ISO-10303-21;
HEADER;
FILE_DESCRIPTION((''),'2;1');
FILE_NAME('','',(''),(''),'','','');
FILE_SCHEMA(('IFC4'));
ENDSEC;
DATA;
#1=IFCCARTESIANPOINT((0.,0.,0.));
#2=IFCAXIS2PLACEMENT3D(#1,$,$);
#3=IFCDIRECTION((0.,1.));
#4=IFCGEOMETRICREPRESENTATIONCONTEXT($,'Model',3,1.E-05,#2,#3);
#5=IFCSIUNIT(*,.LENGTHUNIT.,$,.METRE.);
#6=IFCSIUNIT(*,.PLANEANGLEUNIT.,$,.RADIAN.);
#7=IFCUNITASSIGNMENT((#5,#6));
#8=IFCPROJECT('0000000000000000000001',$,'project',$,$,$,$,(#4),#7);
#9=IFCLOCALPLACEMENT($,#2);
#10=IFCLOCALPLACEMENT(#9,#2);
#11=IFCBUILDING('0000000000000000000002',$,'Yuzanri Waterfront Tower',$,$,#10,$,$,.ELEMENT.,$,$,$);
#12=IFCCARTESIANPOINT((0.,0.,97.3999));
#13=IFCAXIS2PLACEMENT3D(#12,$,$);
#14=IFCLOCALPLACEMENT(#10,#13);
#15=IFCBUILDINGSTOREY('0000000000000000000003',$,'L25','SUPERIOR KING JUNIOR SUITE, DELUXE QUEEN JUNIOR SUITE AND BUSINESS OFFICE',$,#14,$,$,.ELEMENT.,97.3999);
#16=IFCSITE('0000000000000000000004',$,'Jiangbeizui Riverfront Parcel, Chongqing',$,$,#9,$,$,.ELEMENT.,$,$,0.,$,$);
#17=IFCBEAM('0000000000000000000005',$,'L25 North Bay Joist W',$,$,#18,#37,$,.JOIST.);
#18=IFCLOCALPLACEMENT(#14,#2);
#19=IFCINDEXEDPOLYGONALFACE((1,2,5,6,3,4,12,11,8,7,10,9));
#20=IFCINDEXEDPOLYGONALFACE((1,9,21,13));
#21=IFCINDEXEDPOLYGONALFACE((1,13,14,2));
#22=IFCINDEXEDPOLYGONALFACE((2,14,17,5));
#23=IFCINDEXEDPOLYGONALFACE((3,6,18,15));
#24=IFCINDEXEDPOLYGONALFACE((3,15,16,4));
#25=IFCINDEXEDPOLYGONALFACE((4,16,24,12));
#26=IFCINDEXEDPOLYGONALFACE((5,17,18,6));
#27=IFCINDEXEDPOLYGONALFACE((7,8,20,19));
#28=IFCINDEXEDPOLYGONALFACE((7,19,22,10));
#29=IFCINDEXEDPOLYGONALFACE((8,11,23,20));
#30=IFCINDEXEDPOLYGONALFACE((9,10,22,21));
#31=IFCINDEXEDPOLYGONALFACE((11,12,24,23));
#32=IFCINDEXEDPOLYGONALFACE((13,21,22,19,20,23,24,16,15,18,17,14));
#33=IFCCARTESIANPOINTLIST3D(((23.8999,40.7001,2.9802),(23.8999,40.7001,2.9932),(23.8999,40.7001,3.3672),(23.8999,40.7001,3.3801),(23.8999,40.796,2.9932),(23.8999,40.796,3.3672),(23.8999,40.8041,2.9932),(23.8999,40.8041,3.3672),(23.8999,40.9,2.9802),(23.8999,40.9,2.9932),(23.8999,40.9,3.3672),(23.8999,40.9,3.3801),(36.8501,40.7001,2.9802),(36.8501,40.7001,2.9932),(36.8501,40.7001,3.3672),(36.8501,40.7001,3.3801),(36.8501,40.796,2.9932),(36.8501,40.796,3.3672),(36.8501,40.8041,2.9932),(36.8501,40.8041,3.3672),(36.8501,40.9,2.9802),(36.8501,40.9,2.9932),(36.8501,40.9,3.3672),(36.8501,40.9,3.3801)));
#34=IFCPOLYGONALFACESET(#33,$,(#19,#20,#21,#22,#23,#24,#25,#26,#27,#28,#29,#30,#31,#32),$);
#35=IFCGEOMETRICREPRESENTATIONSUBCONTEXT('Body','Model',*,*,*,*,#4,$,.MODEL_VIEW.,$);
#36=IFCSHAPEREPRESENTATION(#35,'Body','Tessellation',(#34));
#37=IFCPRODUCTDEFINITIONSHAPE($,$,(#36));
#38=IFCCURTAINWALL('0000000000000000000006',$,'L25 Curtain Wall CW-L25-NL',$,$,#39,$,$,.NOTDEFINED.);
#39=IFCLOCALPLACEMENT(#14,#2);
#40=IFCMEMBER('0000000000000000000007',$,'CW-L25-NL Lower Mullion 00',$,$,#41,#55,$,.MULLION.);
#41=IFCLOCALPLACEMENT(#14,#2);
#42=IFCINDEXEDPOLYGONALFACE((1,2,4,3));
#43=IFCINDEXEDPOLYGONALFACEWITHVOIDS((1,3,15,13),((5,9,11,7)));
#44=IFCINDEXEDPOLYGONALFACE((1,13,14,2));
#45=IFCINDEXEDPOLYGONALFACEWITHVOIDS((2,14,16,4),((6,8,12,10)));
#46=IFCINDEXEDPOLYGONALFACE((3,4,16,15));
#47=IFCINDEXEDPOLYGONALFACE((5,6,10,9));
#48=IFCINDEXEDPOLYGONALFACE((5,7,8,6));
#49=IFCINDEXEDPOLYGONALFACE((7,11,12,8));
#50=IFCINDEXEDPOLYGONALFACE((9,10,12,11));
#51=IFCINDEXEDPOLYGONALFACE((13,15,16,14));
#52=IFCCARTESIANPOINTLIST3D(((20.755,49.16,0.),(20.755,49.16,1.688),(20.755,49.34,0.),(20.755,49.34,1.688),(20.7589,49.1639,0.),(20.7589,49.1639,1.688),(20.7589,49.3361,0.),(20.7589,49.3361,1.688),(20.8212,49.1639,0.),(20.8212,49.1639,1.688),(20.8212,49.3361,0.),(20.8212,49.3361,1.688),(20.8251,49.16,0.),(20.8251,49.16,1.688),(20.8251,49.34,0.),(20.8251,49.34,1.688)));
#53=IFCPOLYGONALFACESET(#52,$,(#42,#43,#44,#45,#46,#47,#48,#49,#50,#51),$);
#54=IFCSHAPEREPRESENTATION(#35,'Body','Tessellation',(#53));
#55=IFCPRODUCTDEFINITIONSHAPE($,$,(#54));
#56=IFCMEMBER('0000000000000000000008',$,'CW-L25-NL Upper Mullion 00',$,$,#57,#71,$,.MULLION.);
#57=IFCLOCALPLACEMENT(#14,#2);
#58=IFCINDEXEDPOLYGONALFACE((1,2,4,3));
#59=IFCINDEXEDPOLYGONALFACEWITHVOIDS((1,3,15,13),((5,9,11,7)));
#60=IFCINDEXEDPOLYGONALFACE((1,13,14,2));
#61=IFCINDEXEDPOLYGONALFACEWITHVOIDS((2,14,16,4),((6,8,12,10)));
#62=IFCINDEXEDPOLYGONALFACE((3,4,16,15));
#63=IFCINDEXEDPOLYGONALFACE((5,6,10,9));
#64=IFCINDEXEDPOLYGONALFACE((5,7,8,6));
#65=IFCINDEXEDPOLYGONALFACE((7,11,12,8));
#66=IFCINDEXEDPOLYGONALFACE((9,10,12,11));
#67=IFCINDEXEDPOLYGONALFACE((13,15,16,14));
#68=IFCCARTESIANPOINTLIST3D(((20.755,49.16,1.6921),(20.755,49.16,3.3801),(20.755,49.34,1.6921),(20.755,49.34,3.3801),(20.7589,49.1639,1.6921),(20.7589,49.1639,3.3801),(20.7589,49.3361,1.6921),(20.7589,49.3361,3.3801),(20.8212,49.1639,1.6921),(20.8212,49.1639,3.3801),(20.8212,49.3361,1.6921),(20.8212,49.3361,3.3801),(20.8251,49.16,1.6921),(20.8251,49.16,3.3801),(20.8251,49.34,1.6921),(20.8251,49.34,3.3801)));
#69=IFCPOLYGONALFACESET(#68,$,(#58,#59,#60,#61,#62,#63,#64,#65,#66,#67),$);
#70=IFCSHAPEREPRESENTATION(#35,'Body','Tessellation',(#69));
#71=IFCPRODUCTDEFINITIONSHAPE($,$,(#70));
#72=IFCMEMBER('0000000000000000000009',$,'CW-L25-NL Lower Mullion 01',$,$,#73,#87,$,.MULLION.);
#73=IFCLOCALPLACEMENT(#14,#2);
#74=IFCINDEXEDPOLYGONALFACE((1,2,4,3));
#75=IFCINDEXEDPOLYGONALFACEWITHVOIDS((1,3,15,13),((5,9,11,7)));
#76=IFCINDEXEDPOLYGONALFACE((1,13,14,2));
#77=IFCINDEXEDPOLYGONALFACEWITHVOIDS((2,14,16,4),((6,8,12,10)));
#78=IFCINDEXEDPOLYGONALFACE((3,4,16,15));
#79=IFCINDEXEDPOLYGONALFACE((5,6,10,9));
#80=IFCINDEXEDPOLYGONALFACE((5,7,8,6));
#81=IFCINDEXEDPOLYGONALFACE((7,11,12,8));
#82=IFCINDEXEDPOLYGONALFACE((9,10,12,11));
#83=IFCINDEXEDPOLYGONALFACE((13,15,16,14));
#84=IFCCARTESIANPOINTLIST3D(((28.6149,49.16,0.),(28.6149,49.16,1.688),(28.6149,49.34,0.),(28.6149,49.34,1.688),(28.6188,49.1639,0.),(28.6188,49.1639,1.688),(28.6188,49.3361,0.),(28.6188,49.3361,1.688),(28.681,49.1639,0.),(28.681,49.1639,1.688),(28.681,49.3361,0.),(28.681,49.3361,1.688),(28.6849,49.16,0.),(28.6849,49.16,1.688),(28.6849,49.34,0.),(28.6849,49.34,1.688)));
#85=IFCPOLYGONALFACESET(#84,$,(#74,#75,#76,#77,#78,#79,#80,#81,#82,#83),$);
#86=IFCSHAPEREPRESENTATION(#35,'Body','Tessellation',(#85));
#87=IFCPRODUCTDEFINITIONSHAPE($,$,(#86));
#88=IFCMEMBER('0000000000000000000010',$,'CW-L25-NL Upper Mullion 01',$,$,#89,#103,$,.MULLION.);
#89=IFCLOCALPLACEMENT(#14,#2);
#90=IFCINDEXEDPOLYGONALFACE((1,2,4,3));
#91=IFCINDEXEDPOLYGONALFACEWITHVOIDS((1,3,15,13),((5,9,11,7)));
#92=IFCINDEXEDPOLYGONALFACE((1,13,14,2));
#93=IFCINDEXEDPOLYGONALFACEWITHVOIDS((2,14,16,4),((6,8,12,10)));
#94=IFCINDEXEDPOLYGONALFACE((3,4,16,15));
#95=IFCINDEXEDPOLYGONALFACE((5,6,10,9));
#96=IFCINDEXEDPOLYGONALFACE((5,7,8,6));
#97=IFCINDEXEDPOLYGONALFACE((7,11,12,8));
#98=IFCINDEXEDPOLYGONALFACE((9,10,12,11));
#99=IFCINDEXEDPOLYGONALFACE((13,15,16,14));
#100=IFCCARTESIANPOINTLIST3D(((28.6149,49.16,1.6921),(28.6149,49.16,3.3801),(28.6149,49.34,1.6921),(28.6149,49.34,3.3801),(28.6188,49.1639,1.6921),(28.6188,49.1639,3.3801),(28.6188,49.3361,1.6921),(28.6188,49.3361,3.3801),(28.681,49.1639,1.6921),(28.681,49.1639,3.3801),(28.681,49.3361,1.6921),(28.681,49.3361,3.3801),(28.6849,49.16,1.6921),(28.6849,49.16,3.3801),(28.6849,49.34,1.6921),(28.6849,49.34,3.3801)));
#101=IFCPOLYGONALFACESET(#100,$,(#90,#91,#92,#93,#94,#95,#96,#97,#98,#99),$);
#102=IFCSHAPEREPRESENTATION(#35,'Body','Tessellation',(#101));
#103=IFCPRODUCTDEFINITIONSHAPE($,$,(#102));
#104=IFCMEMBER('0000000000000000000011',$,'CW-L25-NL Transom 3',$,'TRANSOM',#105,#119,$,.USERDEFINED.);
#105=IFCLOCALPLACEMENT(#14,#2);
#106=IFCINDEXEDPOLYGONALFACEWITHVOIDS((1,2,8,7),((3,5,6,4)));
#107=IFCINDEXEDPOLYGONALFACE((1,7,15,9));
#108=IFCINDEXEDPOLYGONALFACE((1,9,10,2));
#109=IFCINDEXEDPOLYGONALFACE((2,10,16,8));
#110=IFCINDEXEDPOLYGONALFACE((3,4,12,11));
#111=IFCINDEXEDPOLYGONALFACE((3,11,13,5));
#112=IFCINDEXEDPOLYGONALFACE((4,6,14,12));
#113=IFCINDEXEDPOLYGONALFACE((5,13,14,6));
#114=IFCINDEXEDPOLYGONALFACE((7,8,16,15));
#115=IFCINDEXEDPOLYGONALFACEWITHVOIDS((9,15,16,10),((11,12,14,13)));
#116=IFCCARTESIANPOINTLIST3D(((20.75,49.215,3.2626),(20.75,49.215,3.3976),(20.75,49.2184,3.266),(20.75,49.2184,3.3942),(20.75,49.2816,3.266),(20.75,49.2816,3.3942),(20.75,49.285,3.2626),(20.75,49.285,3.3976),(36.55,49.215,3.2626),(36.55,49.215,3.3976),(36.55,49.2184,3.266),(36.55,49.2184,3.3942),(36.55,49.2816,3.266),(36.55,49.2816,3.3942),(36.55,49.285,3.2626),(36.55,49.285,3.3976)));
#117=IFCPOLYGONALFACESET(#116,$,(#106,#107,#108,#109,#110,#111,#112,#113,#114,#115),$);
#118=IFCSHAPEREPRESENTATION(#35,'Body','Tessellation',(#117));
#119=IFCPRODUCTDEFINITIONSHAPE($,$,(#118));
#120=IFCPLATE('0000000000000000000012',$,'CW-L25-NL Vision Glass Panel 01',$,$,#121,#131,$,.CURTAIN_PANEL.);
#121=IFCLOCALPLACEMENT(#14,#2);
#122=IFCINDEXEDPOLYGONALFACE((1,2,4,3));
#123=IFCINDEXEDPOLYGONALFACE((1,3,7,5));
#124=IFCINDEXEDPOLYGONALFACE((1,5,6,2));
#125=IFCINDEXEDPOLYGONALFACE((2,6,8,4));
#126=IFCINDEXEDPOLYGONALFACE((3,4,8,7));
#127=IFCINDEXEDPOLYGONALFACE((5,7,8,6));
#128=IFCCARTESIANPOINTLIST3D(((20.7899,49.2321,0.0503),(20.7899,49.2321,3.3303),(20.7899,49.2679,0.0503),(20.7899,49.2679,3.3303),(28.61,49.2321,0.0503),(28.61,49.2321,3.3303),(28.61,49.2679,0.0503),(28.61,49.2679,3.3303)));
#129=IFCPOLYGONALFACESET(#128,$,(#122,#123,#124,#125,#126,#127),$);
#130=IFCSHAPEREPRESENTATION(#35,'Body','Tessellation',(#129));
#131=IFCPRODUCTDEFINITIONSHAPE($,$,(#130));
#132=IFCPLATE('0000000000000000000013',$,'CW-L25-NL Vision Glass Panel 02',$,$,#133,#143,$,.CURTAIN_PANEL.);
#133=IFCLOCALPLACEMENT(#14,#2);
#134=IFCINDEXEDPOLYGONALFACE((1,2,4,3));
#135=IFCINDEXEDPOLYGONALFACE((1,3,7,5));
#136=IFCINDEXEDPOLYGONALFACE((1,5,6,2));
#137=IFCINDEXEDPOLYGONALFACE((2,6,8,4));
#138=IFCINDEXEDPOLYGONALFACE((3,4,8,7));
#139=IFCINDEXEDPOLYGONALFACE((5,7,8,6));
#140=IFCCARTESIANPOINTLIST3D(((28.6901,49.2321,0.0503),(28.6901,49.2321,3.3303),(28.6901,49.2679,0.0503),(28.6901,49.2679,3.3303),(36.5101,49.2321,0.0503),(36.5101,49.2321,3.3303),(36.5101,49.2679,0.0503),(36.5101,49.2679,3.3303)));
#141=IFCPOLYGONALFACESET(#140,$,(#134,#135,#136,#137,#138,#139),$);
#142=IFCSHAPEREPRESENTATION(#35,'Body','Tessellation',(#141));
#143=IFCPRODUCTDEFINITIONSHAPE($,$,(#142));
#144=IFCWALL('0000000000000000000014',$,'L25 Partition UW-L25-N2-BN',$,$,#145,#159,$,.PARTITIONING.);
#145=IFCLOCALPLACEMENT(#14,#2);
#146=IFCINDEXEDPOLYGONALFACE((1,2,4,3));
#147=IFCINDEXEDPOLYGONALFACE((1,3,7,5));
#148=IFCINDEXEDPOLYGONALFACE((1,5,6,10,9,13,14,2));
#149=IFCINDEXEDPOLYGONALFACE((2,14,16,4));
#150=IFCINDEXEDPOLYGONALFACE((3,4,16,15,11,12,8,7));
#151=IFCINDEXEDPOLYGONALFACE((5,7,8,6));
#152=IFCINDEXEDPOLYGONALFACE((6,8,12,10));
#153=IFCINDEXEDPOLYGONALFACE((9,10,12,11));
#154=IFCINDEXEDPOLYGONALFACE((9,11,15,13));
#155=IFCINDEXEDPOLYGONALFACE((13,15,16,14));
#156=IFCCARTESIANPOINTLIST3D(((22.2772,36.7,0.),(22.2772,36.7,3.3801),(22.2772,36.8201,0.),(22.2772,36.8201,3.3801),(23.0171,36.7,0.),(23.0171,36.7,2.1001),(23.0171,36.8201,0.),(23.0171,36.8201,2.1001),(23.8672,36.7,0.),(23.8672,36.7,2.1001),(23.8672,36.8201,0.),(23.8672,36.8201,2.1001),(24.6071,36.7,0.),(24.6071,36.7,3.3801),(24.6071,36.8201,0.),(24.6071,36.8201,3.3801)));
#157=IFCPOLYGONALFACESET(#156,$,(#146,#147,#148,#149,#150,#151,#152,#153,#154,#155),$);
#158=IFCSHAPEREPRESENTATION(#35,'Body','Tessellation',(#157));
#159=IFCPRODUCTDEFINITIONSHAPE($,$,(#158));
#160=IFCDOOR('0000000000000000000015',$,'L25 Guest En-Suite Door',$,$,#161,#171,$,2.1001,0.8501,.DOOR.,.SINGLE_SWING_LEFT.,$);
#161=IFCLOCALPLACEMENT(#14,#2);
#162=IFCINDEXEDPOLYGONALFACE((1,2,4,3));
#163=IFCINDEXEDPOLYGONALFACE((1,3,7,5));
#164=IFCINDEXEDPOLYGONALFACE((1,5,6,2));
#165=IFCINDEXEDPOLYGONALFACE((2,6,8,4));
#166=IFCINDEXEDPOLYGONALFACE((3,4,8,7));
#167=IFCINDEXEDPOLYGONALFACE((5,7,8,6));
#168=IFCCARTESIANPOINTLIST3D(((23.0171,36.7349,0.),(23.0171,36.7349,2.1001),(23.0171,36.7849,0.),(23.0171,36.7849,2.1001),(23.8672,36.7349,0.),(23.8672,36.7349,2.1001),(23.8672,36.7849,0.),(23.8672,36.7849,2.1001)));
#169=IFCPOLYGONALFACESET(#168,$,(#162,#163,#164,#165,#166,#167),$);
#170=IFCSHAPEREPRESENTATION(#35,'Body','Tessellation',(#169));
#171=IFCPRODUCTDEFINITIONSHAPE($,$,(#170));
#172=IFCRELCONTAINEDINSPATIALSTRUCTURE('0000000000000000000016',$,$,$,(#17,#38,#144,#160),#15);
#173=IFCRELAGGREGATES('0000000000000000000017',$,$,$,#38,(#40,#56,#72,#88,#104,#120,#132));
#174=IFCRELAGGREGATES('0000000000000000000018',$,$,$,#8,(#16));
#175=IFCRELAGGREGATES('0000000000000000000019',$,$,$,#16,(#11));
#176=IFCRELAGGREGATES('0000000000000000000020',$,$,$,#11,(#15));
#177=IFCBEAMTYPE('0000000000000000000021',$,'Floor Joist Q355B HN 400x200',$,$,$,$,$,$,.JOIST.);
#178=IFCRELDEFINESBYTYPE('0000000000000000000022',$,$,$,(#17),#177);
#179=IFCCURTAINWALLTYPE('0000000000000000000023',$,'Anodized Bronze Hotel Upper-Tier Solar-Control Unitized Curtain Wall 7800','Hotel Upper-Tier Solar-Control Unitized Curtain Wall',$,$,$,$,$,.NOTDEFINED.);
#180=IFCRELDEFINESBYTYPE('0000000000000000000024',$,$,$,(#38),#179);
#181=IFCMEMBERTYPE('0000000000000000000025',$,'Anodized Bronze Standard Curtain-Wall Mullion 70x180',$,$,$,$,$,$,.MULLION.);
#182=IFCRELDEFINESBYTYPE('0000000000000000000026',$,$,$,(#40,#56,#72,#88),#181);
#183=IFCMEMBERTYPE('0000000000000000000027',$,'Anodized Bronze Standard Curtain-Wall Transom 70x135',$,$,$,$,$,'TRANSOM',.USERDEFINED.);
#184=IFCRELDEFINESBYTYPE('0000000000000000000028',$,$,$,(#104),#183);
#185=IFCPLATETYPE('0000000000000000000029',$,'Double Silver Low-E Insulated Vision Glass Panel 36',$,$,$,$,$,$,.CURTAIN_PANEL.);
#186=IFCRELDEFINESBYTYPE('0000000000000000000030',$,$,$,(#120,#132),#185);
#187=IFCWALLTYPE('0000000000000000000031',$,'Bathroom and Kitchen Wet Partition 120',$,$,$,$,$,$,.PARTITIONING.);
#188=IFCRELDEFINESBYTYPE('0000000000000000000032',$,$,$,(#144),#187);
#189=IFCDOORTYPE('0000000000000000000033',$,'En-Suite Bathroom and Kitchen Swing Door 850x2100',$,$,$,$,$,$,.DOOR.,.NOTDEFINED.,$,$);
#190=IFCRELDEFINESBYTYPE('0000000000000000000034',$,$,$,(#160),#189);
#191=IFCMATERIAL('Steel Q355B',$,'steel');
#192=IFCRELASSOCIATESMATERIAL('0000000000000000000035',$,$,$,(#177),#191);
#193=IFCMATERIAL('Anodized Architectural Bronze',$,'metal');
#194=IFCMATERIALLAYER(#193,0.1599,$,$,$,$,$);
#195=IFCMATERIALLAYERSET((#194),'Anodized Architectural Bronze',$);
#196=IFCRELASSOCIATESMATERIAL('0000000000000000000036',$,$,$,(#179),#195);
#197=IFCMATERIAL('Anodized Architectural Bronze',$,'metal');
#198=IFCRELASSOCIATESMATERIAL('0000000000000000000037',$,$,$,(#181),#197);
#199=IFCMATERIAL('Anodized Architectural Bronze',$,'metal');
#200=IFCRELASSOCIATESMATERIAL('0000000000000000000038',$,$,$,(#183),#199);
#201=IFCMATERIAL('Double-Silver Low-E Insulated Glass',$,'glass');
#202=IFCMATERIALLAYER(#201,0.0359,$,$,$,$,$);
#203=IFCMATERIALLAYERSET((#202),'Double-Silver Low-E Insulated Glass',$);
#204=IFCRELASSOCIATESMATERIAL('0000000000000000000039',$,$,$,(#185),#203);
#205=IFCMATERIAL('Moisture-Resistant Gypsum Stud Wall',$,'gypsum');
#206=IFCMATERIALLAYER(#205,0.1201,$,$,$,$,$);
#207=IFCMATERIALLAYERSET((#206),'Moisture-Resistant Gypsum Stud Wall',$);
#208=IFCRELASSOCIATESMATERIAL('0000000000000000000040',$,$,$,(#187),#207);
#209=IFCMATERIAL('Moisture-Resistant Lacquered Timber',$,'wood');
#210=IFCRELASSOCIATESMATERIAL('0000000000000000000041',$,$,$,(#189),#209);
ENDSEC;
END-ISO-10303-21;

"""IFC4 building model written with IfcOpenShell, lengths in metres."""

from ifc_helpers import new_model, si_unit, direction, frame, frame_2d, origin, origin_2d, place, context, subcontext, project, spatial, rectangle, hollow_rectangle, i_section, extrude, source, transform, mapped, material, layer, layer_set, material_profile, profile_set, type_object, element, fill, aggregate, save


model = new_model("IFC4")

# Units and contexts
model_context = context("Model", 3, precision=1e-05, world=origin(), true_north=direction((0.0, 1.0)))
body_context = subcontext(model_context, "Body", "Model", "MODEL_VIEW")
ifc_project = project(units=[si_unit("LENGTHUNIT", "METRE"), si_unit("PLANEANGLEUNIT", "RADIAN")], contexts=[model_context])

# Site, building, storey
site_placement = place(None, origin())
site = spatial("IfcSite", under=ifc_project, at=site_placement, Name="Jiangbeizui Riverfront Parcel, Chongqing", CompositionType="ELEMENT", RefElevation=0.0)
building_placement = place(site_placement, origin())
building = spatial("IfcBuilding", under=site, at=building_placement, Name="Yuzanri Waterfront Tower", CompositionType="ELEMENT")
storey_placement = place(building_placement, frame((0.0, 0.0, 97.3999)))
storey = spatial("IfcBuildingStorey", under=building, at=storey_placement, Name="L25", Description="SUPERIOR KING JUNIOR SUITE, DELUXE QUEEN JUNIOR SUITE AND BUSINESS OFFICE", CompositionType="ELEMENT", Elevation=97.3999)

# Beam
ifc_material_1 = material(Name="Steel Q355B", Category="steel")
ifc_material_profile_1 = material_profile(ifc_material_1, i_section(OverallWidth=0.2, OverallDepth=0.3999, WebThickness=0.0081, FlangeThickness=0.0129, at=origin_2d()), Name="HN 400x200x8x13")
ifc_profile_set_1 = profile_set([ifc_material_profile_1], Name="Steel Q355B")
beam_type = type_object("IfcBeamType", Name="Floor Joist Q355B HN 400x200", PredefinedType="JOIST", material=ifc_profile_set_1)
shared_shape_1 = source(origin(), body_context, "Body", "SweptSolid", [
    extrude(i_section(OverallWidth=0.2, OverallDepth=0.3999, WebThickness=0.0081, FlangeThickness=0.0129, at=origin_2d()), origin(), (0.0, 0.0, 1.0), 12.9502),
])
beam_placement = place(storey_placement, frame((23.8999, 40.8, 3.1802), z_axis=(1.0, 0.0, 0.0), x_axis=(0.0, 1.0, 0.0)))
element("IfcBeam", 1, at=beam_placement, inside=storey, type_object=beam_type, Name="L25 North Bay Joist W", PredefinedType="JOIST", context=body_context, shape_type="MappedRepresentation", body=[
    mapped(shared_shape_1, transform((0.0, 0.0, 0.0), scale=1.0)),
])

# Curtain wall, members, plates
ifc_material_2 = material(Name="Anodized Architectural Bronze", Category="metal")
ifc_layer_1 = layer(ifc_material_2, 0.1599)
ifc_layer_set_1 = layer_set([ifc_layer_1], Name="Anodized Architectural Bronze")
curtain_wall_type = type_object("IfcCurtainWallType", Name="Anodized Bronze Hotel Upper-Tier Solar-Control Unitized Curtain Wall 7800", Description="Hotel Upper-Tier Solar-Control Unitized Curtain Wall", PredefinedType="NOTDEFINED", material=ifc_layer_set_1)
curtain_wall_placement = place(storey_placement, origin())
curtain_wall = element("IfcCurtainWall", 2, at=curtain_wall_placement, inside=storey, type_object=curtain_wall_type, Name="L25 Curtain Wall CW-L25-NL", PredefinedType="NOTDEFINED")
ifc_material_3 = material(Name="Anodized Architectural Bronze", Category="metal")
ifc_material_profile_2 = material_profile(ifc_material_3, hollow_rectangle(XDim=0.0701, YDim=0.1799, WallThickness=0.0039, at=origin_2d()), Name="CWM 70x180")
ifc_profile_set_2 = profile_set([ifc_material_profile_2], Name="Anodized Architectural Bronze")
member_type_1 = type_object("IfcMemberType", Name="Anodized Bronze Standard Curtain-Wall Mullion 70x180", PredefinedType="MULLION", material=ifc_profile_set_2)
shared_shape_2 = source(origin(), body_context, "Body", "SweptSolid", [
    extrude(hollow_rectangle(XDim=0.0701, YDim=0.1799, WallThickness=0.0039, at=origin_2d()), origin(), (0.0, 0.0, 1.0), 1.688),
])
member_1_placement = place(storey_placement, frame((20.79, 49.25, 0.0), z_axis=(0.0, 0.0, 1.0), x_axis=(1.0, 0.0, 0.0)))
member_1 = element("IfcMember", 3, at=member_1_placement, type_object=member_type_1, Name="CW-L25-NL Lower Mullion 00", PredefinedType="MULLION", context=body_context, shape_type="MappedRepresentation", body=[
    mapped(shared_shape_2, transform((0.0, 0.0, 0.0), scale=1.0)),
])
member_2_placement = place(storey_placement, frame((20.79, 49.25, 1.6921), z_axis=(0.0, 0.0, 1.0), x_axis=(1.0, 0.0, 0.0)))
member_2 = element("IfcMember", 4, at=member_2_placement, type_object=member_type_1, Name="CW-L25-NL Upper Mullion 00", PredefinedType="MULLION", context=body_context, shape_type="MappedRepresentation", body=[
    mapped(shared_shape_2, transform((0.0, 0.0, 0.0), scale=1.0)),
])
member_3_placement = place(storey_placement, frame((28.6499, 49.25, 0.0), z_axis=(0.0, 0.0, 1.0), x_axis=(1.0, 0.0, 0.0)))
member_3 = element("IfcMember", 5, at=member_3_placement, type_object=member_type_1, Name="CW-L25-NL Lower Mullion 01", PredefinedType="MULLION", context=body_context, shape_type="MappedRepresentation", body=[
    mapped(shared_shape_2, transform((0.0, 0.0, 0.0), scale=1.0)),
])
member_4_placement = place(storey_placement, frame((28.6499, 49.25, 1.6921), z_axis=(0.0, 0.0, 1.0), x_axis=(1.0, 0.0, 0.0)))
member_4 = element("IfcMember", 6, at=member_4_placement, type_object=member_type_1, Name="CW-L25-NL Upper Mullion 01", PredefinedType="MULLION", context=body_context, shape_type="MappedRepresentation", body=[
    mapped(shared_shape_2, transform((0.0, 0.0, 0.0), scale=1.0)),
])
ifc_material_4 = material(Name="Anodized Architectural Bronze", Category="metal")
ifc_material_profile_3 = material_profile(ifc_material_4, hollow_rectangle(XDim=0.0701, YDim=0.135, WallThickness=0.0034, at=origin_2d()), Name="CWT 70x135")
ifc_profile_set_3 = profile_set([ifc_material_profile_3], Name="Anodized Architectural Bronze")
member_type_2 = type_object("IfcMemberType", Name="Anodized Bronze Standard Curtain-Wall Transom 70x135", ElementType="TRANSOM", PredefinedType="USERDEFINED", material=ifc_profile_set_3)
shared_shape_3 = source(origin(), body_context, "Body", "SweptSolid", [
    extrude(hollow_rectangle(XDim=0.0701, YDim=0.135, WallThickness=0.0034, at=origin_2d()), origin(), (0.0, 0.0, 1.0), 15.8),
])
member_5_placement = place(storey_placement, frame((20.75, 49.25, 3.3301), z_axis=(1.0, 0.0, 0.0), x_axis=(0.0, 1.0, 0.0)))
member_5 = element("IfcMember", 7, at=member_5_placement, type_object=member_type_2, Name="CW-L25-NL Transom 3", ObjectType="TRANSOM", PredefinedType="USERDEFINED", context=body_context, shape_type="MappedRepresentation", body=[
    mapped(shared_shape_3, transform((0.0, 0.0, 0.0), scale=1.0)),
])
ifc_material_5 = material(Name="Double-Silver Low-E Insulated Glass", Category="glass")
ifc_layer_2 = layer(ifc_material_5, 0.0359)
ifc_layer_set_2 = layer_set([ifc_layer_2], Name="Double-Silver Low-E Insulated Glass")
plate_type = type_object("IfcPlateType", Name="Double Silver Low-E Insulated Vision Glass Panel 36", PredefinedType="CURTAIN_PANEL", material=ifc_layer_set_2)
shared_shape_4 = source(origin(), body_context, "Body", "SweptSolid", [
    extrude(rectangle(XDim=7.8201, YDim=0.0359, at=origin_2d()), origin(), (0.0, 0.0, 1.0), 3.28),
])
plate_1_placement = place(storey_placement, frame((24.7, 49.25, 0.0503), z_axis=(0.0, 0.0, 1.0), x_axis=(1.0, 0.0, 0.0)))
plate_1 = element("IfcPlate", 8, at=plate_1_placement, type_object=plate_type, Name="CW-L25-NL Vision Glass Panel 01", PredefinedType="CURTAIN_PANEL", context=body_context, shape_type="MappedRepresentation", body=[
    mapped(shared_shape_4, transform((0.0, 0.0, 0.0), scale=1.0)),
])
plate_2_placement = place(storey_placement, frame((32.6001, 49.25, 0.0503), z_axis=(0.0, 0.0, 1.0), x_axis=(1.0, 0.0, 0.0)))
plate_2 = element("IfcPlate", 9, at=plate_2_placement, type_object=plate_type, Name="CW-L25-NL Vision Glass Panel 02", PredefinedType="CURTAIN_PANEL", context=body_context, shape_type="MappedRepresentation", body=[
    mapped(shared_shape_4, transform((0.0, 0.0, 0.0), scale=1.0)),
])
aggregate(curtain_wall, [member_1, member_2, member_3, member_4, member_5, plate_1, plate_2])

# Wall, opening, door
ifc_material_6 = material(Name="Moisture-Resistant Gypsum Stud Wall", Category="gypsum")
ifc_layer_3 = layer(ifc_material_6, 0.1201)
ifc_layer_set_3 = layer_set([ifc_layer_3], Name="Moisture-Resistant Gypsum Stud Wall")
wall_type_1 = type_object("IfcWallType", Name="Bathroom and Kitchen Wet Partition 120", PredefinedType="PARTITIONING", material=ifc_layer_set_3)
wall_1_placement = place(storey_placement, frame((22.2771, 36.76, 0.0), z_axis=(0.0, 0.0, 1.0), x_axis=(1.0, 0.0, 0.0)))
wall_1 = element("IfcWall", 10, at=wall_1_placement, inside=storey, type_object=wall_type_1, Name="L25 Partition UW-L25-N2-BN", PredefinedType="PARTITIONING", context=body_context, shape_type="SweptSolid", body=[
    extrude(rectangle(XDim=2.3298, YDim=0.1201, at=frame_2d((1.165, 0.0))), origin(), (0.0, 0.0, 1.0), 3.3801),
])
opening_1_placement = place(wall_1_placement, frame((0.74, 0.0, 0.0)))
opening_1 = element("IfcOpeningElement", 11, at=opening_1_placement, cuts=wall_1, PredefinedType="OPENING", context=body_context, shape_type="SweptSolid", body=[
    extrude(rectangle(XDim=0.8501, YDim=2.1001, at=frame_2d((0.425, 1.05))), frame((0.0, 0.075, 0.0), z_axis=(0.0, -1.0, 0.0), x_axis=(1.0, 0.0, 0.0)), (0.0, 0.0, 1.0), 0.1499),
])
ifc_material_7 = material(Name="Moisture-Resistant Lacquered Timber", Category="wood")
door_type_1 = type_object("IfcDoorType", Name="En-Suite Bathroom and Kitchen Swing Door 850x2100", OperationType="NOTDEFINED", PredefinedType="DOOR", material=ifc_material_7)
shared_shape_5 = source(origin(), body_context, "Body", "SweptSolid", [
    extrude(rectangle(XDim=0.8501, YDim=2.1001, at=frame_2d((0.425, 1.05))), frame((0.0, 0.0249, 0.0), z_axis=(0.0, -1.0, 0.0), x_axis=(1.0, 0.0, 0.0)), (0.0, 0.0, 1.0), 0.05),
])
door_1_placement = place(opening_1_placement, origin())
door_1 = element("IfcDoor", 12, at=door_1_placement, inside=storey, type_object=door_type_1, Name="L25 Guest En-Suite Door", OperationType="SINGLE_SWING_LEFT", OverallHeight=2.1001, OverallWidth=0.8501, PredefinedType="DOOR", context=body_context, shape_type="MappedRepresentation", body=[
    mapped(shared_shape_5, transform((0.0, 0.0, 0.0), scale=1.0)),
])
fill(opening_1, door_1)

save(model, "model.ifc")
